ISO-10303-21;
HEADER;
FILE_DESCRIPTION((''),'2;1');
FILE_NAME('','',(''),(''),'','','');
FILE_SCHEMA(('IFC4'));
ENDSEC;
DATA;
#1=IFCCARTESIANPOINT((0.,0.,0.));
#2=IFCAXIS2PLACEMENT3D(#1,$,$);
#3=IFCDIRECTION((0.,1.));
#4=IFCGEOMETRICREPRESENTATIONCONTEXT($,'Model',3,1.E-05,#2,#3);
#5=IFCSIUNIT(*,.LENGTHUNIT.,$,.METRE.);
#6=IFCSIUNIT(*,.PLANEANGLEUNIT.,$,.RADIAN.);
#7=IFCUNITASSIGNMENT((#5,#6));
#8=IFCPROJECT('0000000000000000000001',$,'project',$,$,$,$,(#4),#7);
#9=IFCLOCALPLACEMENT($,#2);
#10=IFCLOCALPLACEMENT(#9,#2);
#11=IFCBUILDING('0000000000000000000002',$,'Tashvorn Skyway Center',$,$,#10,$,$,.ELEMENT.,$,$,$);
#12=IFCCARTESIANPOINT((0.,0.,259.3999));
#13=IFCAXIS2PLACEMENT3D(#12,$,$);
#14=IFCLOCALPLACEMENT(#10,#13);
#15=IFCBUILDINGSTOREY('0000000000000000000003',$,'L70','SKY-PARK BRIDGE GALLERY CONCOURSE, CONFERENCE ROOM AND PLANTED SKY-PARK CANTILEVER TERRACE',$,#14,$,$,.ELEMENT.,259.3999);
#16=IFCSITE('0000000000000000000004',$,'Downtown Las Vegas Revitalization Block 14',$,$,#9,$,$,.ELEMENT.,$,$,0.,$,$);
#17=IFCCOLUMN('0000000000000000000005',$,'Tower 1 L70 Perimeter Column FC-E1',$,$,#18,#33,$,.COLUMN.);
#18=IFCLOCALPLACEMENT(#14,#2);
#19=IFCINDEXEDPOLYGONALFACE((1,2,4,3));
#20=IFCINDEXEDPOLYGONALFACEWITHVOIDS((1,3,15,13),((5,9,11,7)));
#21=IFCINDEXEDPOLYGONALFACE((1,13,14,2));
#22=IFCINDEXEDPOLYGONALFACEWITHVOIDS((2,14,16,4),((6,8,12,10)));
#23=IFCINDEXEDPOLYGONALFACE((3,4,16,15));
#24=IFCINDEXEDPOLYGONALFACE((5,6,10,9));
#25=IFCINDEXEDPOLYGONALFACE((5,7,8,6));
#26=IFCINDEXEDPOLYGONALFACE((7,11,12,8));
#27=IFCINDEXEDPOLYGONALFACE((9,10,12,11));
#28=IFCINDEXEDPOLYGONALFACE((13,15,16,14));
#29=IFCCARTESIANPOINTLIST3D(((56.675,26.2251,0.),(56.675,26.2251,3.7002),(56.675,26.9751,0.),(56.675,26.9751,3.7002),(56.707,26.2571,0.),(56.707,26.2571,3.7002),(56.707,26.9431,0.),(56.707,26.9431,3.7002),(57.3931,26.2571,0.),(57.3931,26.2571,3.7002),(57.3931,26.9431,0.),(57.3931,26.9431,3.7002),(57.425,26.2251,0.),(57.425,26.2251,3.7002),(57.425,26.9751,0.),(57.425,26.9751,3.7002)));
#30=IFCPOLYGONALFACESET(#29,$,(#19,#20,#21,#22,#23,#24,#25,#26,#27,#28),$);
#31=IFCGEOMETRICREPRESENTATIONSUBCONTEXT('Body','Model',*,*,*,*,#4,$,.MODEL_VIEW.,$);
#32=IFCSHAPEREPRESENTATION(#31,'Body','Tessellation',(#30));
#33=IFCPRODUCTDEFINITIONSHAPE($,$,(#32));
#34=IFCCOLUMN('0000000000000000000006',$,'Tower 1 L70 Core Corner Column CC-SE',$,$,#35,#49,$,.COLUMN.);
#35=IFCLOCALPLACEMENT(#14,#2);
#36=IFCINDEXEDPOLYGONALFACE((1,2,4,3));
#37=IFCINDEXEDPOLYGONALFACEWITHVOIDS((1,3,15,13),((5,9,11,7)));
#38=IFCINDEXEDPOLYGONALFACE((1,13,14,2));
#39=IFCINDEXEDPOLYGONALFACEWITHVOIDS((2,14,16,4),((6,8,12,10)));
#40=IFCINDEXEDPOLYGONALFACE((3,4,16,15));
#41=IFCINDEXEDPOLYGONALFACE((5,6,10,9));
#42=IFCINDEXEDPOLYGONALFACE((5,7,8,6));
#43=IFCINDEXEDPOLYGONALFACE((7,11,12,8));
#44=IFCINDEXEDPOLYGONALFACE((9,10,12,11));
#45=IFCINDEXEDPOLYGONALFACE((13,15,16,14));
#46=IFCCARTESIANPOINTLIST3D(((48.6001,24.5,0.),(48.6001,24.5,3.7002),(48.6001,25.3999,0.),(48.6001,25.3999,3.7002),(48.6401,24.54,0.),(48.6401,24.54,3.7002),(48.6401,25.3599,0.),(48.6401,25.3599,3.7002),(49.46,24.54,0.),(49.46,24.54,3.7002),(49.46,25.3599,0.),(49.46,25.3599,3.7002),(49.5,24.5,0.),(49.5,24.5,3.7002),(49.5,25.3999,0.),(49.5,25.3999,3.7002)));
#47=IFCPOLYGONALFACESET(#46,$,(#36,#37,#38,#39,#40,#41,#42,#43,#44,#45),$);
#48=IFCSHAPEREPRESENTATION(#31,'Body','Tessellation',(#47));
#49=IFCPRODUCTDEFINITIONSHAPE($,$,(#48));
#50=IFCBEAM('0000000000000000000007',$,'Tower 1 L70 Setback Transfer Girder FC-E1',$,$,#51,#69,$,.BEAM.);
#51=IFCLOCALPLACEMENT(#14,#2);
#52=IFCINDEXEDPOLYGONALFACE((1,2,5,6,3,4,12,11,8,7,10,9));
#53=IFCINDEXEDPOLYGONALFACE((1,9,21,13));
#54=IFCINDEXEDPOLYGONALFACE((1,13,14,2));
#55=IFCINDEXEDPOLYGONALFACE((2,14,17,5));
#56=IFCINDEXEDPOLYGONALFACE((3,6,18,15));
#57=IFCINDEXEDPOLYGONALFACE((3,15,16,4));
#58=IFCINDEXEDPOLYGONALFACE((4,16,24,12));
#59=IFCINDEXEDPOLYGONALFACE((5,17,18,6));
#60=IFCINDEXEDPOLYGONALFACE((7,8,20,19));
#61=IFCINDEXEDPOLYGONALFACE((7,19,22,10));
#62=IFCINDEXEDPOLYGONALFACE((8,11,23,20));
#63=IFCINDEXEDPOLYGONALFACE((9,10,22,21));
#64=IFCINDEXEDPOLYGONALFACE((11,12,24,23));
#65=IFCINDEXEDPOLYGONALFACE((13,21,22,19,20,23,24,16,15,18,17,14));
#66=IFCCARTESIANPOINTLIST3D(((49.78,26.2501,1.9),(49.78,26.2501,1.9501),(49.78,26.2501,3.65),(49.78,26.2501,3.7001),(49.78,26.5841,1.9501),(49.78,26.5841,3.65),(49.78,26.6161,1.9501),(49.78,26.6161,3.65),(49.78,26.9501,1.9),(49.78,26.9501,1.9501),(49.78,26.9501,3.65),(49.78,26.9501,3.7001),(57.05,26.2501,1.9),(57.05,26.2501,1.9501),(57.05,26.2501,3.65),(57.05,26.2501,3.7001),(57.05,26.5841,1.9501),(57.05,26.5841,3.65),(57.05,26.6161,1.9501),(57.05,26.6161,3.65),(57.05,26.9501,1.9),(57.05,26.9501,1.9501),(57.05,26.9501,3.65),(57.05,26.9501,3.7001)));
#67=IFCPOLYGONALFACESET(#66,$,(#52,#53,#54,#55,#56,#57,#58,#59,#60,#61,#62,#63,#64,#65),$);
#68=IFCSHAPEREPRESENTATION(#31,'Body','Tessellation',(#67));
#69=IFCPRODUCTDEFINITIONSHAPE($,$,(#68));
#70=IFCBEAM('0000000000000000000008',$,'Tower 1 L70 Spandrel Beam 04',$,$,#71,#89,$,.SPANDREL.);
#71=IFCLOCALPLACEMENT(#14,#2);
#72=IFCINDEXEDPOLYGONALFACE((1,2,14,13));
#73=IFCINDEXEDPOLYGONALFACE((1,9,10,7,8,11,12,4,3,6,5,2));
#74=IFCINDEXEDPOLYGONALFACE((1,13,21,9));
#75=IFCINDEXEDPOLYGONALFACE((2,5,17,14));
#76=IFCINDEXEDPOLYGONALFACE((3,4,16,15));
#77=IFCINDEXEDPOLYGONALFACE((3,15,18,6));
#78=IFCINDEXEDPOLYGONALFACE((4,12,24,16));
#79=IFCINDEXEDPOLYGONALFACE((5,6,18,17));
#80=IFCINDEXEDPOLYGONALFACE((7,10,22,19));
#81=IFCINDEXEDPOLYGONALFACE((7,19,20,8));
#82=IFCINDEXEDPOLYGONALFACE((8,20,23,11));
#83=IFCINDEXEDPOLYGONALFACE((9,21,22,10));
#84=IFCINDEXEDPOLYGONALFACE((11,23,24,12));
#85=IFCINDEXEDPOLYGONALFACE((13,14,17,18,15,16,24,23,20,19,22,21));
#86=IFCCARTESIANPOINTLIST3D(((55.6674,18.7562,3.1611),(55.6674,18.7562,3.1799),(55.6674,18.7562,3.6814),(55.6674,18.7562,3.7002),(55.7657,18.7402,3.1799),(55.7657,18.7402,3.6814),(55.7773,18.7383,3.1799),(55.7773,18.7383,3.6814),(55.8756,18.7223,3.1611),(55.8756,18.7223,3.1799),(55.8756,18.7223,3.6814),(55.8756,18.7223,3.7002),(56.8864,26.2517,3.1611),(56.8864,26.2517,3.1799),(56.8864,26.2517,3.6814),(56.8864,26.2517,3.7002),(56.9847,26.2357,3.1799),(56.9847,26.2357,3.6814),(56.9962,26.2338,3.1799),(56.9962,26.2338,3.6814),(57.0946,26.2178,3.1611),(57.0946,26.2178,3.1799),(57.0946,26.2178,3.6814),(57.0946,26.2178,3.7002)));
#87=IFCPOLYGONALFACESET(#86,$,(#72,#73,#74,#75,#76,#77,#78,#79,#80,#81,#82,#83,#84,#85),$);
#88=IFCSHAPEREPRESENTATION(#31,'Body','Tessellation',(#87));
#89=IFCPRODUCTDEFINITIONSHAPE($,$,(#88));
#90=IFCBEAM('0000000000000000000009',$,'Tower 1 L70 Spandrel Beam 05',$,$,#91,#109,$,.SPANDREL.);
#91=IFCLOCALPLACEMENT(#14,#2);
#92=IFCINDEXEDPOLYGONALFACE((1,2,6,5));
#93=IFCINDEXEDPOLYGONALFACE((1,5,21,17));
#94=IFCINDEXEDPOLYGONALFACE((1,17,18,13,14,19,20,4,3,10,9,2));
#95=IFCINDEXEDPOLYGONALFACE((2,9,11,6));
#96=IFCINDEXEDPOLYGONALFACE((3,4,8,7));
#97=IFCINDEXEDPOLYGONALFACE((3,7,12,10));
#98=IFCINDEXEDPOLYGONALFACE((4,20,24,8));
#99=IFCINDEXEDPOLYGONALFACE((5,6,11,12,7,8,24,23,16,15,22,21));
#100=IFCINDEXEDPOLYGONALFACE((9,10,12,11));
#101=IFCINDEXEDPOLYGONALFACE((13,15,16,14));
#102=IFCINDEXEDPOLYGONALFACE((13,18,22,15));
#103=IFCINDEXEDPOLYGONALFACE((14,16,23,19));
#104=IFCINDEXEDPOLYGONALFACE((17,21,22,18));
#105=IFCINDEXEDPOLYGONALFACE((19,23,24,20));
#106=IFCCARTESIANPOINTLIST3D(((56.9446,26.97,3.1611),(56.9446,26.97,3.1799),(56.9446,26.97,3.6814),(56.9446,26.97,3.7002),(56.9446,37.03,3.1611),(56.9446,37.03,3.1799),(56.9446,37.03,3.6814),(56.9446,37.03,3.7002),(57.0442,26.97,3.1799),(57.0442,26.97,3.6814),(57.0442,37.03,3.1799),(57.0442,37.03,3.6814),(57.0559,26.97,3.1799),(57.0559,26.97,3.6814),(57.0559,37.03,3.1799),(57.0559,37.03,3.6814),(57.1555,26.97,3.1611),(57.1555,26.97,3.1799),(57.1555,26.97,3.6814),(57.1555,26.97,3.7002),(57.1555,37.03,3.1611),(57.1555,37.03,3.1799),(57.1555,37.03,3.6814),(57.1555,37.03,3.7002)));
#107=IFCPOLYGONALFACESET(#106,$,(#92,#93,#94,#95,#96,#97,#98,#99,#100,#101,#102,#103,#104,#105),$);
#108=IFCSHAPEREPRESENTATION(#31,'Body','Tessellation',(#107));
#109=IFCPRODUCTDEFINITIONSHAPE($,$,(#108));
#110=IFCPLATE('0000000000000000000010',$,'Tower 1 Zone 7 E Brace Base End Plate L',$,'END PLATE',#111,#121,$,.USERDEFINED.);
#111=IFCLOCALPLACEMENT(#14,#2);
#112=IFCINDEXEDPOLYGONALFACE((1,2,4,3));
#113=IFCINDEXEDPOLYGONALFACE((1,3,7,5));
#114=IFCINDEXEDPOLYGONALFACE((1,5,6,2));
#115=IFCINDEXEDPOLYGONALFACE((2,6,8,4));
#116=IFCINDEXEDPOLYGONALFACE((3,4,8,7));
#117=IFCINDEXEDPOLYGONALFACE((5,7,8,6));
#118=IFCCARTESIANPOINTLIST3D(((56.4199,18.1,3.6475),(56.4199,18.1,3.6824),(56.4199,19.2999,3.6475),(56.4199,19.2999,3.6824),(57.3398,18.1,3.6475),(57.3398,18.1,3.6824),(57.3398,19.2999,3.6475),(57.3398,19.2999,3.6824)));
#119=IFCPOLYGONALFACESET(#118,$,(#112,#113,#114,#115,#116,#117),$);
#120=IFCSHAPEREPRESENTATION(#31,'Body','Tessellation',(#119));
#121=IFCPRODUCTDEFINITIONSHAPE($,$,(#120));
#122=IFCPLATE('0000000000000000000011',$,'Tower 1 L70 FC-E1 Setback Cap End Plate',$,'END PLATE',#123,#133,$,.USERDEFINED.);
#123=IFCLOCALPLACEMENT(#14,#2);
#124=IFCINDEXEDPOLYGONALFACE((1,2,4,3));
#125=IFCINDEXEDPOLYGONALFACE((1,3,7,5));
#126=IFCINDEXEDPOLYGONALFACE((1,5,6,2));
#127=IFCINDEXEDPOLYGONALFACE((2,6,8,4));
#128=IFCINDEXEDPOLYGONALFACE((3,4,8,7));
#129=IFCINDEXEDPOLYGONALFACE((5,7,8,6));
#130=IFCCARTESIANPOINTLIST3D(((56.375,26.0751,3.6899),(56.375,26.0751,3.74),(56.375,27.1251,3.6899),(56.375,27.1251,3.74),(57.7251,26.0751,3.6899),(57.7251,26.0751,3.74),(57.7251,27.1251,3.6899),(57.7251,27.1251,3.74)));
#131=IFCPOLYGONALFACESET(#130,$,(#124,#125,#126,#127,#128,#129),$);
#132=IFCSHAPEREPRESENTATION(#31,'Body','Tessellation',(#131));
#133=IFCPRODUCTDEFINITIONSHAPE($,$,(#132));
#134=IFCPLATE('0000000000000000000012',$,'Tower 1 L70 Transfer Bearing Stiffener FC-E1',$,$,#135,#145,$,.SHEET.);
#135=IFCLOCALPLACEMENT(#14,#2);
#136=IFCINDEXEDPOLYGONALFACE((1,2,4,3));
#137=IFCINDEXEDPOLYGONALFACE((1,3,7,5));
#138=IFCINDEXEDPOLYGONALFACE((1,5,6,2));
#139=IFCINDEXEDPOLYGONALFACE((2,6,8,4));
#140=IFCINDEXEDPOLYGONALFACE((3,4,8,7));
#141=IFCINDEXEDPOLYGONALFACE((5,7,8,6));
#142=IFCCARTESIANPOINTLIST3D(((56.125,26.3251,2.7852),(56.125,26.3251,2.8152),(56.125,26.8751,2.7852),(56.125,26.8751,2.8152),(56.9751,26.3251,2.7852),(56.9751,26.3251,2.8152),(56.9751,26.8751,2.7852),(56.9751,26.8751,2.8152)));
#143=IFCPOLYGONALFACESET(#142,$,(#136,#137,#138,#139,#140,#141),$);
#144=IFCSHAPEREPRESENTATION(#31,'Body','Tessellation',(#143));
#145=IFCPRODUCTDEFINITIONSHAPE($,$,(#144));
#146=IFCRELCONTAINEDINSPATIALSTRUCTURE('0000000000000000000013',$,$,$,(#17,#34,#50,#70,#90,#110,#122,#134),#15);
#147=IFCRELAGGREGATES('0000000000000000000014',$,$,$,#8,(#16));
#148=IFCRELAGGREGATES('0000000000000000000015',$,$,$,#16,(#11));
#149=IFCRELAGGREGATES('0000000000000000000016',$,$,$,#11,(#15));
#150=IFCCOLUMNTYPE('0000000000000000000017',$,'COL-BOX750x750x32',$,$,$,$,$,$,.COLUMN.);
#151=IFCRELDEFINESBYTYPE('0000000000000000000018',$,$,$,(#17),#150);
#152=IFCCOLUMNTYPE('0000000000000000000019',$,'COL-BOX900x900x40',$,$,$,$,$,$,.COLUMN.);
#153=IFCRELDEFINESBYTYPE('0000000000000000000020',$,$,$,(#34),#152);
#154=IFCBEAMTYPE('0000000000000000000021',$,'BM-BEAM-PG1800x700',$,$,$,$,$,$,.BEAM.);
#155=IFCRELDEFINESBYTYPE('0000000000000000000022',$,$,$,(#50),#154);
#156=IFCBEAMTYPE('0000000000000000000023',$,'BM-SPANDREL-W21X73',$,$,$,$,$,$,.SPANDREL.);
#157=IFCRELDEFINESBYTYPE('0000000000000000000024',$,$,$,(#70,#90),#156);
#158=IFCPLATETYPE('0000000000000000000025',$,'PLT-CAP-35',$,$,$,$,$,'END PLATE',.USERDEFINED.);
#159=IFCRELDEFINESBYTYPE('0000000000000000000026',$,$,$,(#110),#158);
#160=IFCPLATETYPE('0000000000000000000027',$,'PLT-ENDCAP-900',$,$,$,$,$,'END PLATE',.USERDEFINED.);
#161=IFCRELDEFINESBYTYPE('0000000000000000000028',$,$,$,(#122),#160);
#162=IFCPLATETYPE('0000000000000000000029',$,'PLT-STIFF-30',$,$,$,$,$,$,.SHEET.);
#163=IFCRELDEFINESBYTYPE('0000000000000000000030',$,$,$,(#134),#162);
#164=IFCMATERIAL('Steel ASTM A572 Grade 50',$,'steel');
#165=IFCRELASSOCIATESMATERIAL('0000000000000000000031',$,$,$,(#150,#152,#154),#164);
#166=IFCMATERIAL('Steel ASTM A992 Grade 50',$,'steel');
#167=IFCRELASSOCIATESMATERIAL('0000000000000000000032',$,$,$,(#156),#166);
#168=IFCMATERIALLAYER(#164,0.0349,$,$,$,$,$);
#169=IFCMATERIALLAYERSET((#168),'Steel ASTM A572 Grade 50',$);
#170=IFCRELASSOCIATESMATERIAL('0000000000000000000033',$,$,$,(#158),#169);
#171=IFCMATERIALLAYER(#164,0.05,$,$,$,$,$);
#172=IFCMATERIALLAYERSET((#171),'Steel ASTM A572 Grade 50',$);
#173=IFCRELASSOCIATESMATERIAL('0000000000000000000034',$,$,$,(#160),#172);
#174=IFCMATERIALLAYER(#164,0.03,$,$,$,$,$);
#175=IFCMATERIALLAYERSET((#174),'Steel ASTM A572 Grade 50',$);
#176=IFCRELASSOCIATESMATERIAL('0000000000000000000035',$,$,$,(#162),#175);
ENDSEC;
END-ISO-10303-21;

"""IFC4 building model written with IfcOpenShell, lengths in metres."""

from ifc_helpers import new_model, si_unit, direction, frame, origin, origin_2d, place, context, subcontext, project, spatial, rectangle, hollow_rectangle, i_section, extrude, material, layer, layer_set, material_profile, profile_set, type_object, element, save


model = new_model("IFC4")

# Units and contexts
model_context = context("Model", 3, precision=1e-05, world=origin(), true_north=direction((0.0, 1.0)))
body_context = subcontext(model_context, "Body", "Model", "MODEL_VIEW")
ifc_project = project(units=[si_unit("LENGTHUNIT", "METRE"), si_unit("PLANEANGLEUNIT", "RADIAN")], contexts=[model_context])

# Site, building, storey
site_placement = place(None, origin())
site = spatial("IfcSite", under=ifc_project, at=site_placement, Name="Downtown Las Vegas Revitalization Block 14", CompositionType="ELEMENT", RefElevation=0.0)
building_placement = place(site_placement, origin())
building = spatial("IfcBuilding", under=site, at=building_placement, Name="Tashvorn Skyway Center", CompositionType="ELEMENT")
storey_placement = place(building_placement, frame((0.0, 0.0, 259.3999)))
storey = spatial("IfcBuildingStorey", under=building, at=storey_placement, Name="L70", Description="SKY-PARK BRIDGE GALLERY CONCOURSE, CONFERENCE ROOM AND PLANTED SKY-PARK CANTILEVER TERRACE", CompositionType="ELEMENT", Elevation=259.3999)

# Columns
ifc_material_1 = material(Name="Steel ASTM A572 Grade 50", Category="steel")
ifc_material_profile_1 = material_profile(ifc_material_1, hollow_rectangle(XDim=0.75, YDim=0.75, WallThickness=0.032, at=origin_2d()), Name="BOX750x750x32")
ifc_profile_set_1 = profile_set([ifc_material_profile_1], Name="Steel ASTM A572 Grade 50")
column_type_1 = type_object("IfcColumnType", Name="COL-BOX750x750x32", PredefinedType="COLUMN", material=ifc_profile_set_1)
column_1_placement = place(storey_placement, frame((57.05, 26.6001, 0.0), z_axis=(0.0, 0.0, 1.0), x_axis=(1.0, 0.0, 0.0)))
element("IfcColumn", 1, at=column_1_placement, inside=storey, type_object=column_type_1, Name="Tower 1 L70 Perimeter Column FC-E1", PredefinedType="COLUMN", context=body_context, shape_type="SweptSolid", body=[
    extrude(hollow_rectangle(XDim=0.75, YDim=0.75, WallThickness=0.032, at=origin_2d()), origin(), (0.0, 0.0, 1.0), 3.7002),
])
ifc_material_profile_2 = material_profile(ifc_material_1, hollow_rectangle(XDim=0.8999, YDim=0.8999, WallThickness=0.04, at=origin_2d()), Name="BOX900x900x40")
ifc_profile_set_2 = profile_set([ifc_material_profile_2], Name="Steel ASTM A572 Grade 50")
column_type_2 = type_object("IfcColumnType", Name="COL-BOX900x900x40", PredefinedType="COLUMN", material=ifc_profile_set_2)
column_2_placement = place(storey_placement, frame((49.05, 24.95, 0.0), z_axis=(0.0, 0.0, 1.0), x_axis=(1.0, 0.0, 0.0)))
element("IfcColumn", 2, at=column_2_placement, inside=storey, type_object=column_type_2, Name="Tower 1 L70 Core Corner Column CC-SE", PredefinedType="COLUMN", context=body_context, shape_type="SweptSolid", body=[
    extrude(hollow_rectangle(XDim=0.8999, YDim=0.8999, WallThickness=0.04, at=origin_2d()), origin(), (0.0, 0.0, 1.0), 3.7002),
])

# Beams
ifc_material_profile_3 = material_profile(ifc_material_1, i_section(OverallWidth=0.7, OverallDepth=1.8, WebThickness=0.032, FlangeThickness=0.05, at=origin_2d()), Name="PG1800x700")
ifc_profile_set_3 = profile_set([ifc_material_profile_3], Name="Steel ASTM A572 Grade 50")
beam_type_1 = type_object("IfcBeamType", Name="BM-BEAM-PG1800x700", PredefinedType="BEAM", material=ifc_profile_set_3)
beam_1_placement = place(storey_placement, frame((57.05, 26.6001, 2.8), z_axis=(-1.0, 0.0, 0.0), x_axis=(0.0, -1.0, 0.0)))
element("IfcBeam", 3, at=beam_1_placement, inside=storey, type_object=beam_type_1, Name="Tower 1 L70 Setback Transfer Girder FC-E1", PredefinedType="BEAM", context=body_context, shape_type="SweptSolid", body=[
    extrude(i_section(OverallWidth=0.7, OverallDepth=1.8, WebThickness=0.032, FlangeThickness=0.05, at=origin_2d()), origin(), (0.0, 0.0, 1.0), 7.27),
])
ifc_material_2 = material(Name="Steel ASTM A992 Grade 50", Category="steel")
ifc_material_profile_4 = material_profile(ifc_material_2, i_section(OverallWidth=0.2109, OverallDepth=0.5391, WebThickness=0.0117, FlangeThickness=0.0188, at=origin_2d()), Name="W21X73")
ifc_profile_set_4 = profile_set([ifc_material_profile_4], Name="Steel ASTM A992 Grade 50")
beam_type_2 = type_object("IfcBeamType", Name="BM-SPANDREL-W21X73", PredefinedType="SPANDREL", material=ifc_profile_set_4)
beam_2_placement = place(storey_placement, frame((55.7715, 18.7393, 3.4307), z_axis=(0.160519, 0.987033, 0.0), x_axis=(-0.987033, 0.160519, 0.0)))
element("IfcBeam", 4, at=beam_2_placement, inside=storey, type_object=beam_type_2, Name="Tower 1 L70 Spandrel Beam 04", PredefinedType="SPANDREL", context=body_context, shape_type="SweptSolid", body=[
    extrude(i_section(OverallWidth=0.2109, OverallDepth=0.5391, WebThickness=0.0117, FlangeThickness=0.0188, at=origin_2d()), origin(), (0.0, 0.0, 1.0), 7.594),
])
beam_3_placement = place(storey_placement, frame((57.05, 26.97, 3.4307), z_axis=(0.0, 1.0, 0.0), x_axis=(-1.0, 0.0, 0.0)))
element("IfcBeam", 5, at=beam_3_placement, inside=storey, type_object=beam_type_2, Name="Tower 1 L70 Spandrel Beam 05", PredefinedType="SPANDREL", context=body_context, shape_type="SweptSolid", body=[
    extrude(i_section(OverallWidth=0.2109, OverallDepth=0.5391, WebThickness=0.0117, FlangeThickness=0.0188, at=origin_2d()), origin(), (0.0, 0.0, 1.0), 10.0601),
])

# Plates
ifc_layer_1 = layer(ifc_material_1, 0.0349)
ifc_layer_set_1 = layer_set([ifc_layer_1], Name="Steel ASTM A572 Grade 50")
plate_type_1 = type_object("IfcPlateType", Name="PLT-CAP-35", ElementType="END PLATE", PredefinedType="USERDEFINED", material=ifc_layer_set_1)
plate_1_placement = place(storey_placement, frame((56.8799, 18.7, 3.6475), z_axis=(0.0, 0.0, 1.0), x_axis=(0.0, 1.0, 0.0)))
element("IfcPlate", 6, at=plate_1_placement, inside=storey, type_object=plate_type_1, Name="Tower 1 Zone 7 E Brace Base End Plate L", ObjectType="END PLATE", PredefinedType="USERDEFINED", context=body_context, shape_type="SweptSolid", body=[
    extrude(rectangle(XDim=1.2, YDim=0.9199, at=origin_2d()), origin(), (0.0, 0.0, 1.0), 0.0349),
])
ifc_layer_2 = layer(ifc_material_1, 0.05)
ifc_layer_set_2 = layer_set([ifc_layer_2], Name="Steel ASTM A572 Grade 50")
plate_type_2 = type_object("IfcPlateType", Name="PLT-ENDCAP-900", ElementType="END PLATE", PredefinedType="USERDEFINED", material=ifc_layer_set_2)
plate_2_placement = place(storey_placement, frame((57.05, 26.6001, 3.6899), z_axis=(0.0, 0.0, 1.0), x_axis=(1.0, 0.0, 0.0)))
element("IfcPlate", 7, at=plate_2_placement, inside=storey, type_object=plate_type_2, Name="Tower 1 L70 FC-E1 Setback Cap End Plate", ObjectType="END PLATE", PredefinedType="USERDEFINED", context=body_context, shape_type="SweptSolid", body=[
    extrude(rectangle(XDim=1.3501, YDim=1.05, at=origin_2d()), origin(), (0.0, 0.0, 1.0), 0.05),
])
ifc_layer_3 = layer(ifc_material_1, 0.03)
ifc_layer_set_3 = layer_set([ifc_layer_3], Name="Steel ASTM A572 Grade 50")
plate_type_3 = type_object("IfcPlateType", Name="PLT-STIFF-30", PredefinedType="SHEET", material=ifc_layer_set_3)
plate_3_placement = place(storey_placement, frame((56.55, 26.6001, 2.7852), z_axis=(0.0, 0.0, 1.0), x_axis=(1.0, 0.0, 0.0)))
element("IfcPlate", 8, at=plate_3_placement, inside=storey, type_object=plate_type_3, Name="Tower 1 L70 Transfer Bearing Stiffener FC-E1", PredefinedType="SHEET", context=body_context, shape_type="SweptSolid", body=[
    extrude(rectangle(XDim=0.8501, YDim=0.55, at=origin_2d()), origin(), (0.0, 0.0, 1.0), 0.03),
])

save(model, "model.ifc")
